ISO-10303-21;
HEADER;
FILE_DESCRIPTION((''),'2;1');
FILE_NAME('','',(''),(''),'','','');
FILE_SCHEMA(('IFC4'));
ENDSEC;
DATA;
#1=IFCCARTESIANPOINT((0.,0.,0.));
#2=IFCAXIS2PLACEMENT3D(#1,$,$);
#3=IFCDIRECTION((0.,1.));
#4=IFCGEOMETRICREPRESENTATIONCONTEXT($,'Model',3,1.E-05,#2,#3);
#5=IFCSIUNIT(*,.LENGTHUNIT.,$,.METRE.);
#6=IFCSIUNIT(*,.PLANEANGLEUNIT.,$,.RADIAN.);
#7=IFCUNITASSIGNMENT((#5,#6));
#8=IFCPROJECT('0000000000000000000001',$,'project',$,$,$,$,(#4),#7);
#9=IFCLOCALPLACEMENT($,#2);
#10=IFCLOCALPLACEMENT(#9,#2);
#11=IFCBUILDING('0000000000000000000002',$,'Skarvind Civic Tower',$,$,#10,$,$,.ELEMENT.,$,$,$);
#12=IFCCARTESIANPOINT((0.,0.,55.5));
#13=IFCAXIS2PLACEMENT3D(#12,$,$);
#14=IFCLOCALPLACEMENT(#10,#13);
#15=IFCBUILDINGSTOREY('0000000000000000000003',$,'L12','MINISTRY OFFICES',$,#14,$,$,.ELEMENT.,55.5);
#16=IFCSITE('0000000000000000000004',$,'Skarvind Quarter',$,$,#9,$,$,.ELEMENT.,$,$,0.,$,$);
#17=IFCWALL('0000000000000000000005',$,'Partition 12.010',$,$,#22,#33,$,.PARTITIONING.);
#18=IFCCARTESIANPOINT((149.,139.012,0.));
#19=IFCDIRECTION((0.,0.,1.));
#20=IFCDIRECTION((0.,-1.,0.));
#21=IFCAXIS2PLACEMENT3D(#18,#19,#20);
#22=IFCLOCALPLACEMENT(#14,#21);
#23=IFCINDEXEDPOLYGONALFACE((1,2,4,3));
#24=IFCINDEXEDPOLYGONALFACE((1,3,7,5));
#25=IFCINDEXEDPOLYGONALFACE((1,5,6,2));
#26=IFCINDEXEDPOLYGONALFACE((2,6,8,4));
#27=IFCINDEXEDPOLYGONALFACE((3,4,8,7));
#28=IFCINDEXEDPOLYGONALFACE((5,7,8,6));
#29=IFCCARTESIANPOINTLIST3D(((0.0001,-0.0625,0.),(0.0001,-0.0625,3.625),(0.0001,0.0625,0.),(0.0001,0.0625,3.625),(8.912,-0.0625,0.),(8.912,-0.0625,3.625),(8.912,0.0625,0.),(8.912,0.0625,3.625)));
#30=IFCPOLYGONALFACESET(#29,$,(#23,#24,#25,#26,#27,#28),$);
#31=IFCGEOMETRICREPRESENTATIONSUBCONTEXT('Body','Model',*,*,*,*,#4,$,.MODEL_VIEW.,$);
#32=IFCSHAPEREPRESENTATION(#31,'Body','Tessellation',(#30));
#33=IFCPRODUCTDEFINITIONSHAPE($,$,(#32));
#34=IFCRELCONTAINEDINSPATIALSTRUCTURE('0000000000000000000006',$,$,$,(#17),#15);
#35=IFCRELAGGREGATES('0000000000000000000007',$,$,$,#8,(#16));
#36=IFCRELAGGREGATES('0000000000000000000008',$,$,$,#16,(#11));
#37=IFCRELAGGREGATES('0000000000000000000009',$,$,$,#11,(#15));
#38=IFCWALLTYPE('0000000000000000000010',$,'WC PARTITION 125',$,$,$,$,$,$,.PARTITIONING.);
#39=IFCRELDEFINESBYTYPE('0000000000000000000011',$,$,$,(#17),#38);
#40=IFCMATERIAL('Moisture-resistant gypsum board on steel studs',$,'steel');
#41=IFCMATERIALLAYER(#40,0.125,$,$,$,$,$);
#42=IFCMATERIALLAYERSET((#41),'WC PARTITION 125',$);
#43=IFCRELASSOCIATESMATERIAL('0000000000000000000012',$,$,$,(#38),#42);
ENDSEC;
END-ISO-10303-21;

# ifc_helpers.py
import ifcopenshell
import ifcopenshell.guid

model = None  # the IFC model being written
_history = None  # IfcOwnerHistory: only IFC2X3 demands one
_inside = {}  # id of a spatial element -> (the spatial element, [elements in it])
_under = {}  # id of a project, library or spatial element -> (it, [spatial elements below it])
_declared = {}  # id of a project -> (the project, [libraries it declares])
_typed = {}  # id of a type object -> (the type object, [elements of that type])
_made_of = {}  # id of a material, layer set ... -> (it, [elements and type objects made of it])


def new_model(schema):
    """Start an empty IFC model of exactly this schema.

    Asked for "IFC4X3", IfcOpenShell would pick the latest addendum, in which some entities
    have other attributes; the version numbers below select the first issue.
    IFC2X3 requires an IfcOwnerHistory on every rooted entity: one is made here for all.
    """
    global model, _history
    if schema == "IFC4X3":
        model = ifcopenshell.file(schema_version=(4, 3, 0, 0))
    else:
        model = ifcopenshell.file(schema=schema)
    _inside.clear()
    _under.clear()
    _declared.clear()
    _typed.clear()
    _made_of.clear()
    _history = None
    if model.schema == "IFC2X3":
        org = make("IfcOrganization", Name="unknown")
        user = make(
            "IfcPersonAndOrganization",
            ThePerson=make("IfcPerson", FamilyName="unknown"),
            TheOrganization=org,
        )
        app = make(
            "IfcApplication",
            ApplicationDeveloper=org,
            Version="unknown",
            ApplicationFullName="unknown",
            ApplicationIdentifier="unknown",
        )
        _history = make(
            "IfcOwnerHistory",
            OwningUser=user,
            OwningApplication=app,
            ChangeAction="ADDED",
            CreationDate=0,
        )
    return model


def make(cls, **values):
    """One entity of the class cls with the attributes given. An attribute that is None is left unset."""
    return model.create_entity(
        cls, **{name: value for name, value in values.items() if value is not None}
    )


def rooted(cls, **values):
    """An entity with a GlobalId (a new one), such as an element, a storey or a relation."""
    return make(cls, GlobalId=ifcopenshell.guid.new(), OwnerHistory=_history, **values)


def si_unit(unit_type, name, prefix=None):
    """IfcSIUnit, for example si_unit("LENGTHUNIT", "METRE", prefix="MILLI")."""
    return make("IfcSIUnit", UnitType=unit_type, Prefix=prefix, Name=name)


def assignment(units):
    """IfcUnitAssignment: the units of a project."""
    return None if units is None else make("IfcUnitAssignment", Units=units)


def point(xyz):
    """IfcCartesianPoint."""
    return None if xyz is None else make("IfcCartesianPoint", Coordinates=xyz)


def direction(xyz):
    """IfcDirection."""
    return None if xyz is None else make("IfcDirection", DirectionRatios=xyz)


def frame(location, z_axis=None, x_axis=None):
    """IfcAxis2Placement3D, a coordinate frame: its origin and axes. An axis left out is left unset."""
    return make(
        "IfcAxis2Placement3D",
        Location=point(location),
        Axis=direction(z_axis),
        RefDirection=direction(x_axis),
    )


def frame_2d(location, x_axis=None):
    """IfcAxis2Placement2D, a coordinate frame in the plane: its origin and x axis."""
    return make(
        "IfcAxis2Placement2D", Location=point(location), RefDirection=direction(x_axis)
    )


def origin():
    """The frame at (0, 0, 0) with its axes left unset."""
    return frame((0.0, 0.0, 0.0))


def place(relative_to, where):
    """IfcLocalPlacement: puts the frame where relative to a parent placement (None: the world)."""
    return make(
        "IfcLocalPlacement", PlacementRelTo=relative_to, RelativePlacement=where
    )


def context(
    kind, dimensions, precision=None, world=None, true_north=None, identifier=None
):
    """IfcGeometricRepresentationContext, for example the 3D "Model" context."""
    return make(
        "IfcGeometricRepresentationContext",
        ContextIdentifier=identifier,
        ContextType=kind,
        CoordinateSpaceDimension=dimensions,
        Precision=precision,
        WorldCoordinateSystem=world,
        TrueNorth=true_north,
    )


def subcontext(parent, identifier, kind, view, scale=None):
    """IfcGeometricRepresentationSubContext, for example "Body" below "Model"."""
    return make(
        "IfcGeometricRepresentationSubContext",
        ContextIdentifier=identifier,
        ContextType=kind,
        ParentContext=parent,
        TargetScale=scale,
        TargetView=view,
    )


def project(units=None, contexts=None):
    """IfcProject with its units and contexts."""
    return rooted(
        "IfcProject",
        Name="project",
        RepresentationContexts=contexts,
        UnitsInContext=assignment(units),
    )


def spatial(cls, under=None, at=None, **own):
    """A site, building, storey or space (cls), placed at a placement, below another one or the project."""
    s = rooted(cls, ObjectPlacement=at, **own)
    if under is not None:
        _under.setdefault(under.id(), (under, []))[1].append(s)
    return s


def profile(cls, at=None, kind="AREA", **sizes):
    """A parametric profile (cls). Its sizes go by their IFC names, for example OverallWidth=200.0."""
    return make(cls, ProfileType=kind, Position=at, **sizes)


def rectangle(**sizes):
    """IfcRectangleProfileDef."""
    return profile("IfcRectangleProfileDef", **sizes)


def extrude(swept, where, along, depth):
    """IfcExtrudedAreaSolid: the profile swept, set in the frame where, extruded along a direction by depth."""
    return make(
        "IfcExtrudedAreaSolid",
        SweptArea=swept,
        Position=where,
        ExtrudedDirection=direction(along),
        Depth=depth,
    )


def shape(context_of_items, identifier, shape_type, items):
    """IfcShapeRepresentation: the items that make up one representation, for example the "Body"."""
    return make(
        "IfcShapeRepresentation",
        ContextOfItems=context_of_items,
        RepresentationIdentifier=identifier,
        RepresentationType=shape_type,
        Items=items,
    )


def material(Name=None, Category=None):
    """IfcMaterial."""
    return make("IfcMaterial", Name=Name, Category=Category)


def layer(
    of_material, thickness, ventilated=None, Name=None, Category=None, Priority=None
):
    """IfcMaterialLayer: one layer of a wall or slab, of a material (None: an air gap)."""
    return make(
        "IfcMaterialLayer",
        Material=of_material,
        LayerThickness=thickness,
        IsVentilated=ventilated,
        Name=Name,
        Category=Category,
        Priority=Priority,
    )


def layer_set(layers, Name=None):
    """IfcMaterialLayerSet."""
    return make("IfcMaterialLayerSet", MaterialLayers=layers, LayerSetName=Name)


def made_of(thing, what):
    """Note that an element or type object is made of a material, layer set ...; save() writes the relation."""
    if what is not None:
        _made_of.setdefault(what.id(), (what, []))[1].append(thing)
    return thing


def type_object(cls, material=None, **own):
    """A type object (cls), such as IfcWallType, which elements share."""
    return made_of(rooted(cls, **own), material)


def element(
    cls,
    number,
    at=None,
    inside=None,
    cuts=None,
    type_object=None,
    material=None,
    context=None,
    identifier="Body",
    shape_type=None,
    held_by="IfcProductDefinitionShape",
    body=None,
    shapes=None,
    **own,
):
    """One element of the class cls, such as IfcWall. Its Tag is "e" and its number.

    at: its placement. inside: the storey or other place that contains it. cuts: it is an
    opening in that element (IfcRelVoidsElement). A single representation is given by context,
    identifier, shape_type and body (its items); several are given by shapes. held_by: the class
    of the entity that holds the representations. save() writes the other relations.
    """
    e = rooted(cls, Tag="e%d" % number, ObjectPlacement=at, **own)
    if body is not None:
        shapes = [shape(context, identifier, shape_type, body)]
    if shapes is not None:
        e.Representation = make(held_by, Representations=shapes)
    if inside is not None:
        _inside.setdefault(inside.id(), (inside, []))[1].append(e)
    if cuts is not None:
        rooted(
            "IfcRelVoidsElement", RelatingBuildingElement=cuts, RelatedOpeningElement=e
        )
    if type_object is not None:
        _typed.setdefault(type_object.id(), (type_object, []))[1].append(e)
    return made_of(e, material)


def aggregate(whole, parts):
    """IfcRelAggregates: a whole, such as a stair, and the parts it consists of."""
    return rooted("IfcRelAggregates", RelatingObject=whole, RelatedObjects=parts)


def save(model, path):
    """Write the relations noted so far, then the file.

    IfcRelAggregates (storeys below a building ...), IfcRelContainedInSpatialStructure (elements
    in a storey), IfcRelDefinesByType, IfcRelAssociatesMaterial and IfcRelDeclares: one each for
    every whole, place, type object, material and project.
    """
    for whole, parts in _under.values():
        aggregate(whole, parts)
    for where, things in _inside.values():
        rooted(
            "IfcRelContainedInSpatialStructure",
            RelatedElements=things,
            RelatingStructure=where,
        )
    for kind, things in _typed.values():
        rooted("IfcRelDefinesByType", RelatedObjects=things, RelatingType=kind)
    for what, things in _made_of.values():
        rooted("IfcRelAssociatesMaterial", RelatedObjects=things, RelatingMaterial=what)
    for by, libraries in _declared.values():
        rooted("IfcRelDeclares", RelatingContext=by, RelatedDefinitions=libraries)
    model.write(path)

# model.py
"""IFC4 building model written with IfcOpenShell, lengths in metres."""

from ifc_helpers import new_model, si_unit, direction, frame, frame_2d, origin, place, context, subcontext, project, spatial, rectangle, extrude, material, layer, layer_set, type_object, element, save


model = new_model("IFC4")

# Units and contexts
model_context = context("Model", 3, precision=1e-05, world=origin(), true_north=direction((0.0, 1.0)))
body_context = subcontext(model_context, "Body", "Model", "MODEL_VIEW")
ifc_project = project(units=[si_unit("LENGTHUNIT", "METRE"), si_unit("PLANEANGLEUNIT", "RADIAN")], contexts=[model_context])

# Site, building, storey
site_placement = place(None, origin())
site = spatial("IfcSite", under=ifc_project, at=site_placement, Name="Skarvind Quarter", CompositionType="ELEMENT", RefElevation=0.0)
building_placement = place(site_placement, origin())
building = spatial("IfcBuilding", under=site, at=building_placement, Name="Skarvind Civic Tower", CompositionType="ELEMENT")
storey_placement = place(building_placement, frame((0.0, 0.0, 55.5)))
storey = spatial("IfcBuildingStorey", under=building, at=storey_placement, Name="L12", Description="MINISTRY OFFICES", CompositionType="ELEMENT", Elevation=55.5)

# Shared definitions
ifc_material_1 = material(Name="Moisture-resistant gypsum board on steel studs", Category="steel")
ifc_layer_1 = layer(ifc_material_1, 0.125)
ifc_layer_set_1 = layer_set([ifc_layer_1], Name="WC PARTITION 125")
wall_type_1 = type_object("IfcWallType", Name="WC PARTITION 125", PredefinedType="PARTITIONING", material=ifc_layer_set_1)

# Wall
wall_1_placement = place(storey_placement, frame((149.0, 139.012, 0.0), z_axis=(0.0, 0.0, 1.0), x_axis=(0.0, -1.0, 0.0)))
element("IfcWall", 1, at=wall_1_placement, inside=storey, type_object=wall_type_1, Name="Partition 12.010", PredefinedType="PARTITIONING", context=body_context, shape_type="SweptSolid", body=[
    extrude(rectangle(XDim=8.9119, YDim=0.125, at=frame_2d((4.4561, 0.0))), origin(), (0.0, 0.0, 1.0), 3.625),
])

save(model, "model.ifc")
